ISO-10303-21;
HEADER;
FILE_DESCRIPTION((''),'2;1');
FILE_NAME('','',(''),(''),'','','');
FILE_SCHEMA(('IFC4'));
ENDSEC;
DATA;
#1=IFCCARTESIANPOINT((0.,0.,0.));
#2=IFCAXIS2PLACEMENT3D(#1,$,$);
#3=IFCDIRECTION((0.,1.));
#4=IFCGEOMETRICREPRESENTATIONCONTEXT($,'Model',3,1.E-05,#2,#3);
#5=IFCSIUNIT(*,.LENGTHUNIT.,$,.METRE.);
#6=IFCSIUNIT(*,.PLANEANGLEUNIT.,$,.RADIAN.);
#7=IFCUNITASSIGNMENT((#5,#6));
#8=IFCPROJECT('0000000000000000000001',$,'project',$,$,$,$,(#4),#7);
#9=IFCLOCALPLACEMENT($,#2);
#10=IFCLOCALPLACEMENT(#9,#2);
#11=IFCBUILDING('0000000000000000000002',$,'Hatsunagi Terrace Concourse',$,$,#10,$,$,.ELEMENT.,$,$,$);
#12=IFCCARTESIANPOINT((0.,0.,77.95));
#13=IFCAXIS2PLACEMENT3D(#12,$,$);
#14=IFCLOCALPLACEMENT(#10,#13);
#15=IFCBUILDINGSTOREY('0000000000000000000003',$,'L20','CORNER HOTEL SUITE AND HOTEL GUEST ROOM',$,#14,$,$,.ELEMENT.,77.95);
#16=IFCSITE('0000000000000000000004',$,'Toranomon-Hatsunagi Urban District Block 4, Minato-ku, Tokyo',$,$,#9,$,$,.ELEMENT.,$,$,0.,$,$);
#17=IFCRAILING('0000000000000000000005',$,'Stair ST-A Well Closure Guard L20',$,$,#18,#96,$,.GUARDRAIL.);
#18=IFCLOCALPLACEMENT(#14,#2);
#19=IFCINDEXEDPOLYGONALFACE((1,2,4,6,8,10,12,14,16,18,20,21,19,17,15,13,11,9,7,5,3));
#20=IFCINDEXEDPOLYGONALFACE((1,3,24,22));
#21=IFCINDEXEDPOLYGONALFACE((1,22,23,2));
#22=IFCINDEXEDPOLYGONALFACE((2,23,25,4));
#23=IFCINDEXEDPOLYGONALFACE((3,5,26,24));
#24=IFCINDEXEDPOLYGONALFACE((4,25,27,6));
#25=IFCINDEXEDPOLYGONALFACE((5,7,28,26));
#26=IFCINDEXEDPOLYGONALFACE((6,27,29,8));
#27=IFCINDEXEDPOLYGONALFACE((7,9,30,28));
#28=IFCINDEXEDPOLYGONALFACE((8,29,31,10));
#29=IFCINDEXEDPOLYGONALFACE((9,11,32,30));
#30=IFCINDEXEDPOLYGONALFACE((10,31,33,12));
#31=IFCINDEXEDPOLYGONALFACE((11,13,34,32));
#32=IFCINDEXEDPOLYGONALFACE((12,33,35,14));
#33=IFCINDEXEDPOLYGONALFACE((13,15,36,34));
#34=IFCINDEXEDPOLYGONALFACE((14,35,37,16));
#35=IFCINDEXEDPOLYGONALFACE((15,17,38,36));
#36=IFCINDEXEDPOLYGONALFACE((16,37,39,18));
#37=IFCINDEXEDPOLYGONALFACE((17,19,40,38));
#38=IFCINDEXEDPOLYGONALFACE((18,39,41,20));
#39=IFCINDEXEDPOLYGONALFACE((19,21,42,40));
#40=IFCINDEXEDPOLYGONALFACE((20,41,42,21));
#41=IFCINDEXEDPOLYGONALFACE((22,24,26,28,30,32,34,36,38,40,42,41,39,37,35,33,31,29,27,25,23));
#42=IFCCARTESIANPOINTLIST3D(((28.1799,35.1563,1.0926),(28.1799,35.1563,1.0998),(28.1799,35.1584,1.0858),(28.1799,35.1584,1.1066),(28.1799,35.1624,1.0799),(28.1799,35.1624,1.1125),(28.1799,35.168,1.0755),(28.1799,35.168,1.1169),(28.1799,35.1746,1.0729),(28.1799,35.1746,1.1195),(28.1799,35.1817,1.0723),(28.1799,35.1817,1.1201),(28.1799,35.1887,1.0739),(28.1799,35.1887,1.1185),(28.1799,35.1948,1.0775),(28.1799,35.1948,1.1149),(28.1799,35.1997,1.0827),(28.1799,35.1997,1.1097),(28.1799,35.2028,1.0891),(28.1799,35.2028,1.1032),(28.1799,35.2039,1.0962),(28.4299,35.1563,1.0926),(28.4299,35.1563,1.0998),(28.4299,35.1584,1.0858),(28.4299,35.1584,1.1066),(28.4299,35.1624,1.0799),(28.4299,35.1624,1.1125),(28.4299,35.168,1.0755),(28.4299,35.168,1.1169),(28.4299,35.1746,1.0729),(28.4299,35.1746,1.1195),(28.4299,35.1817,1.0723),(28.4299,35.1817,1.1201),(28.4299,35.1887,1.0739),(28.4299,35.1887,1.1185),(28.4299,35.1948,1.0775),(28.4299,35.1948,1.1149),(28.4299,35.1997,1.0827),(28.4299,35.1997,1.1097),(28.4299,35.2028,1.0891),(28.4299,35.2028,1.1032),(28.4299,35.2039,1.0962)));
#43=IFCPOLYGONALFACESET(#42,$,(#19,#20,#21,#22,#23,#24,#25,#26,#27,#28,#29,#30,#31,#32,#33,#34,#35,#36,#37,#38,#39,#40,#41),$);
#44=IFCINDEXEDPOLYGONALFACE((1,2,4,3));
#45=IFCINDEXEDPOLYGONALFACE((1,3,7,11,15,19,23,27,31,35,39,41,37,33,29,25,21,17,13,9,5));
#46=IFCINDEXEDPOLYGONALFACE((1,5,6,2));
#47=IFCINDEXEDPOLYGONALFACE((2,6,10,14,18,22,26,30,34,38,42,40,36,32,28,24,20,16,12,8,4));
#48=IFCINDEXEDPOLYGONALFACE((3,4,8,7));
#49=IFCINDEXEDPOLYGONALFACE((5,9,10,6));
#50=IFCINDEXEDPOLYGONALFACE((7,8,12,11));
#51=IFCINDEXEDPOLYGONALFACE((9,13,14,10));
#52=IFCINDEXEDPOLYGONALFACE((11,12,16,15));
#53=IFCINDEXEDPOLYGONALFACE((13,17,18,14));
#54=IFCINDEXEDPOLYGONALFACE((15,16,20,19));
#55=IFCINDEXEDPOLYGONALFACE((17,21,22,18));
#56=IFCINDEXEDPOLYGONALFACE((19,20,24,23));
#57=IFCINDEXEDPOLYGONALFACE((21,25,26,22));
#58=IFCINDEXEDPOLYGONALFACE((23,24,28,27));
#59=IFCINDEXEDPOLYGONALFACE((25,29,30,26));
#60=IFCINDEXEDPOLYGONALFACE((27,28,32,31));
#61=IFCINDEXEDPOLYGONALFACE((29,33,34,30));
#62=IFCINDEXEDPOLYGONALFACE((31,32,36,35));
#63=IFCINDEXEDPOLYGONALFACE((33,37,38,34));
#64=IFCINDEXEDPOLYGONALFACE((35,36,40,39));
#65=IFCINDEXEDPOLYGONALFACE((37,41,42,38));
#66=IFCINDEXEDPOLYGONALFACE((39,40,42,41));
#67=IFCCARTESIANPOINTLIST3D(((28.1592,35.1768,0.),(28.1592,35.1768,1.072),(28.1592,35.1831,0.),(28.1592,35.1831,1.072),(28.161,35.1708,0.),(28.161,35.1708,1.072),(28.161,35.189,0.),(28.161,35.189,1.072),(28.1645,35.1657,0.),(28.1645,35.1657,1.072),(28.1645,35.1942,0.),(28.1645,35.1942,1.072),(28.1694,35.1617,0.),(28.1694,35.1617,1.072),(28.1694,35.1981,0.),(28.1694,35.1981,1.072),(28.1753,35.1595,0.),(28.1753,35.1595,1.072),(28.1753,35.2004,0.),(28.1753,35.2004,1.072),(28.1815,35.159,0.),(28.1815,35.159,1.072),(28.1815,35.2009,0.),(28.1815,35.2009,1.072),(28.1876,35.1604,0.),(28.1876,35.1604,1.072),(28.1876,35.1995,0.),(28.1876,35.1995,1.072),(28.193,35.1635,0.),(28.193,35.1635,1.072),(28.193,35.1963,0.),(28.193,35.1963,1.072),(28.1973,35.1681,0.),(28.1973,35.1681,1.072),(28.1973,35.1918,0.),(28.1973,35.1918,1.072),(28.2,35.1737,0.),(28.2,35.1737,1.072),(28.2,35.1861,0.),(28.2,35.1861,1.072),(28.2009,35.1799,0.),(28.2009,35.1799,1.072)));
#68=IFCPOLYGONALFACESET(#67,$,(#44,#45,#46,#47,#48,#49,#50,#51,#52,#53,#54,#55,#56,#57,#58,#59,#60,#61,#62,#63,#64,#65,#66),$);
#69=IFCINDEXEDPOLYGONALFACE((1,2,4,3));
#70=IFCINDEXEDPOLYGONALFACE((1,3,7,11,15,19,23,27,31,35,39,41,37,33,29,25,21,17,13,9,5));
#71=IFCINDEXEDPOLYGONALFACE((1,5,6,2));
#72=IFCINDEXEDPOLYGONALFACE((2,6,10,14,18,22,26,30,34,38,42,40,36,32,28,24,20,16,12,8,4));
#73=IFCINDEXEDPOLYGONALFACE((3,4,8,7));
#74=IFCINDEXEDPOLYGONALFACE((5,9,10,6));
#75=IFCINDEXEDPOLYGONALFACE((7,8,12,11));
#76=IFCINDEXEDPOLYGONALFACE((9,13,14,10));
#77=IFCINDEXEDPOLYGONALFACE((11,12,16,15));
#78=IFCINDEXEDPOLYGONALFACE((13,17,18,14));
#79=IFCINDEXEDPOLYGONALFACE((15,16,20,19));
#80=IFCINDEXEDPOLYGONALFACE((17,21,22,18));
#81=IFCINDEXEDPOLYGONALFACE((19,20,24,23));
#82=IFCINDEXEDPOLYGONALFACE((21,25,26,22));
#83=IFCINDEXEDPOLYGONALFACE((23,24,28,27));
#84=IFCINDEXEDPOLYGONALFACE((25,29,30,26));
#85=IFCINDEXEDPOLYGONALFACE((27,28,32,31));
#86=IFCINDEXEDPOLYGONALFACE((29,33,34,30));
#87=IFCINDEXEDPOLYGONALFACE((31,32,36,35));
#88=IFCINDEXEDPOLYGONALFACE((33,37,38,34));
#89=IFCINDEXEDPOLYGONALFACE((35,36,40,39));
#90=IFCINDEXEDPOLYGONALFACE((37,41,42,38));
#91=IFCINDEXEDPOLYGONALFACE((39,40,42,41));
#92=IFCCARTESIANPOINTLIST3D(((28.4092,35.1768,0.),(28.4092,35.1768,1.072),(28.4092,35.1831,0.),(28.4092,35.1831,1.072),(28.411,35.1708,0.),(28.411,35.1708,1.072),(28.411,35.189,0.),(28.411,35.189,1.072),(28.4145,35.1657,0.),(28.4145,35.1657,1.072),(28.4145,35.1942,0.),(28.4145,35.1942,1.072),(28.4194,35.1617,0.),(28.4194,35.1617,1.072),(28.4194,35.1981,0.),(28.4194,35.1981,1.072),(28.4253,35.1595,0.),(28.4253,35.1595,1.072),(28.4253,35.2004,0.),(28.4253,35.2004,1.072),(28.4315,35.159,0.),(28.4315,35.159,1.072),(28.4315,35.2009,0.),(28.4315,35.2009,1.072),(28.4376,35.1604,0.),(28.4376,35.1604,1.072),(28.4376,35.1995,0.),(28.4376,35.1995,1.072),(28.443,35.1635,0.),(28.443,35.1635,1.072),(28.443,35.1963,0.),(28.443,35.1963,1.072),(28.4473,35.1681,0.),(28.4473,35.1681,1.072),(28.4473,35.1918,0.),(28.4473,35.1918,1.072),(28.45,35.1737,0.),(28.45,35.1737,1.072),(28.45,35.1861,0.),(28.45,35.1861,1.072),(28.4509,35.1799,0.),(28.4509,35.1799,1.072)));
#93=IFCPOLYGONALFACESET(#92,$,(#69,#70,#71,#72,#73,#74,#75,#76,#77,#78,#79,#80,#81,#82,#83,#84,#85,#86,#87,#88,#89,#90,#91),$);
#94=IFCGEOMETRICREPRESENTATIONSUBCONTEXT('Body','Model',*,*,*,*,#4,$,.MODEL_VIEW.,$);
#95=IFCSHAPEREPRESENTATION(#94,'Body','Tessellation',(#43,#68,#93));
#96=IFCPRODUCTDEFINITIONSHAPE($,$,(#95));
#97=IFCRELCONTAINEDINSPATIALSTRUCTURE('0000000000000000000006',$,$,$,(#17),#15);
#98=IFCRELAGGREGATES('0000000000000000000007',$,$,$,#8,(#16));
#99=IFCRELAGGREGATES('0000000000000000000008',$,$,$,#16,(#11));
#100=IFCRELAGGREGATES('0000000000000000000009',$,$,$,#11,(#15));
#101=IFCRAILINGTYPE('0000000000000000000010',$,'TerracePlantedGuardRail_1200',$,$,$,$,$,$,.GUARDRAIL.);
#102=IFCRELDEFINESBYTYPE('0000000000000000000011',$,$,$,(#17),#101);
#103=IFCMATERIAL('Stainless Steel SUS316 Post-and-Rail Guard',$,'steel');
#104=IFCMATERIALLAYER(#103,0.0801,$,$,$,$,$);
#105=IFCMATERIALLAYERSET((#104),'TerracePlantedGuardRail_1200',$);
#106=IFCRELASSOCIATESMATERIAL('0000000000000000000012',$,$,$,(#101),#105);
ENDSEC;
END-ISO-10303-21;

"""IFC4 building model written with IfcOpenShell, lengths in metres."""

from ifc_helpers import new_model, si_unit, direction, frame, origin, origin_2d, place, context, subcontext, project, spatial, circle, extrude, material, layer, layer_set, type_object, element, save


model = new_model("IFC4")

# Units and contexts
model_context = context("Model", 3, precision=1e-05, world=origin(), true_north=direction((0.0, 1.0)))
body_context = subcontext(model_context, "Body", "Model", "MODEL_VIEW")
ifc_project = project(units=[si_unit("LENGTHUNIT", "METRE"), si_unit("PLANEANGLEUNIT", "RADIAN")], contexts=[model_context])

# Site, building, storey
site_placement = place(None, origin())
site = spatial("IfcSite", under=ifc_project, at=site_placement, Name="Toranomon-Hatsunagi Urban District Block 4, Minato-ku, Tokyo", CompositionType="ELEMENT", RefElevation=0.0)
building_placement = place(site_placement, origin())
building = spatial("IfcBuilding", under=site, at=building_placement, Name="Hatsunagi Terrace Concourse", CompositionType="ELEMENT")
storey_placement = place(building_placement, frame((0.0, 0.0, 77.95)))
storey = spatial("IfcBuildingStorey", under=building, at=storey_placement, Name="L20", Description="CORNER HOTEL SUITE AND HOTEL GUEST ROOM", CompositionType="ELEMENT", Elevation=77.95)

# Railing
ifc_material_1 = material(Name="Stainless Steel SUS316 Post-and-Rail Guard", Category="steel")
ifc_layer_1 = layer(ifc_material_1, 0.0801)
ifc_layer_set_1 = layer_set([ifc_layer_1], Name="TerracePlantedGuardRail_1200")
railing_type_1 = type_object("IfcRailingType", Name="TerracePlantedGuardRail_1200", PredefinedType="GUARDRAIL", material=ifc_layer_set_1)
railing_1_placement = place(storey_placement, frame((28.1799, 35.1799, 0.0)))
element("IfcRailing", 1, at=railing_1_placement, inside=storey, type_object=railing_type_1, Name="Stair ST-A Well Closure Guard L20", PredefinedType="GUARDRAIL", context=body_context, shape_type="SweptSolid", body=[
    extrude(circle(Radius=0.0239, at=origin_2d()), frame((0.0, 0.0, 1.0962), z_axis=(1.0, 0.0, 0.0), x_axis=(0.0, 1.0, 0.0)), (0.0, 0.0, 1.0), 0.25),
    extrude(circle(Radius=0.021, at=origin_2d()), origin(), (0.0, 0.0, 1.0), 1.072),
    extrude(circle(Radius=0.021, at=origin_2d()), frame((0.25, 0.0, 0.0)), (0.0, 0.0, 1.0), 1.072),
])

save(model, "model.ifc")
